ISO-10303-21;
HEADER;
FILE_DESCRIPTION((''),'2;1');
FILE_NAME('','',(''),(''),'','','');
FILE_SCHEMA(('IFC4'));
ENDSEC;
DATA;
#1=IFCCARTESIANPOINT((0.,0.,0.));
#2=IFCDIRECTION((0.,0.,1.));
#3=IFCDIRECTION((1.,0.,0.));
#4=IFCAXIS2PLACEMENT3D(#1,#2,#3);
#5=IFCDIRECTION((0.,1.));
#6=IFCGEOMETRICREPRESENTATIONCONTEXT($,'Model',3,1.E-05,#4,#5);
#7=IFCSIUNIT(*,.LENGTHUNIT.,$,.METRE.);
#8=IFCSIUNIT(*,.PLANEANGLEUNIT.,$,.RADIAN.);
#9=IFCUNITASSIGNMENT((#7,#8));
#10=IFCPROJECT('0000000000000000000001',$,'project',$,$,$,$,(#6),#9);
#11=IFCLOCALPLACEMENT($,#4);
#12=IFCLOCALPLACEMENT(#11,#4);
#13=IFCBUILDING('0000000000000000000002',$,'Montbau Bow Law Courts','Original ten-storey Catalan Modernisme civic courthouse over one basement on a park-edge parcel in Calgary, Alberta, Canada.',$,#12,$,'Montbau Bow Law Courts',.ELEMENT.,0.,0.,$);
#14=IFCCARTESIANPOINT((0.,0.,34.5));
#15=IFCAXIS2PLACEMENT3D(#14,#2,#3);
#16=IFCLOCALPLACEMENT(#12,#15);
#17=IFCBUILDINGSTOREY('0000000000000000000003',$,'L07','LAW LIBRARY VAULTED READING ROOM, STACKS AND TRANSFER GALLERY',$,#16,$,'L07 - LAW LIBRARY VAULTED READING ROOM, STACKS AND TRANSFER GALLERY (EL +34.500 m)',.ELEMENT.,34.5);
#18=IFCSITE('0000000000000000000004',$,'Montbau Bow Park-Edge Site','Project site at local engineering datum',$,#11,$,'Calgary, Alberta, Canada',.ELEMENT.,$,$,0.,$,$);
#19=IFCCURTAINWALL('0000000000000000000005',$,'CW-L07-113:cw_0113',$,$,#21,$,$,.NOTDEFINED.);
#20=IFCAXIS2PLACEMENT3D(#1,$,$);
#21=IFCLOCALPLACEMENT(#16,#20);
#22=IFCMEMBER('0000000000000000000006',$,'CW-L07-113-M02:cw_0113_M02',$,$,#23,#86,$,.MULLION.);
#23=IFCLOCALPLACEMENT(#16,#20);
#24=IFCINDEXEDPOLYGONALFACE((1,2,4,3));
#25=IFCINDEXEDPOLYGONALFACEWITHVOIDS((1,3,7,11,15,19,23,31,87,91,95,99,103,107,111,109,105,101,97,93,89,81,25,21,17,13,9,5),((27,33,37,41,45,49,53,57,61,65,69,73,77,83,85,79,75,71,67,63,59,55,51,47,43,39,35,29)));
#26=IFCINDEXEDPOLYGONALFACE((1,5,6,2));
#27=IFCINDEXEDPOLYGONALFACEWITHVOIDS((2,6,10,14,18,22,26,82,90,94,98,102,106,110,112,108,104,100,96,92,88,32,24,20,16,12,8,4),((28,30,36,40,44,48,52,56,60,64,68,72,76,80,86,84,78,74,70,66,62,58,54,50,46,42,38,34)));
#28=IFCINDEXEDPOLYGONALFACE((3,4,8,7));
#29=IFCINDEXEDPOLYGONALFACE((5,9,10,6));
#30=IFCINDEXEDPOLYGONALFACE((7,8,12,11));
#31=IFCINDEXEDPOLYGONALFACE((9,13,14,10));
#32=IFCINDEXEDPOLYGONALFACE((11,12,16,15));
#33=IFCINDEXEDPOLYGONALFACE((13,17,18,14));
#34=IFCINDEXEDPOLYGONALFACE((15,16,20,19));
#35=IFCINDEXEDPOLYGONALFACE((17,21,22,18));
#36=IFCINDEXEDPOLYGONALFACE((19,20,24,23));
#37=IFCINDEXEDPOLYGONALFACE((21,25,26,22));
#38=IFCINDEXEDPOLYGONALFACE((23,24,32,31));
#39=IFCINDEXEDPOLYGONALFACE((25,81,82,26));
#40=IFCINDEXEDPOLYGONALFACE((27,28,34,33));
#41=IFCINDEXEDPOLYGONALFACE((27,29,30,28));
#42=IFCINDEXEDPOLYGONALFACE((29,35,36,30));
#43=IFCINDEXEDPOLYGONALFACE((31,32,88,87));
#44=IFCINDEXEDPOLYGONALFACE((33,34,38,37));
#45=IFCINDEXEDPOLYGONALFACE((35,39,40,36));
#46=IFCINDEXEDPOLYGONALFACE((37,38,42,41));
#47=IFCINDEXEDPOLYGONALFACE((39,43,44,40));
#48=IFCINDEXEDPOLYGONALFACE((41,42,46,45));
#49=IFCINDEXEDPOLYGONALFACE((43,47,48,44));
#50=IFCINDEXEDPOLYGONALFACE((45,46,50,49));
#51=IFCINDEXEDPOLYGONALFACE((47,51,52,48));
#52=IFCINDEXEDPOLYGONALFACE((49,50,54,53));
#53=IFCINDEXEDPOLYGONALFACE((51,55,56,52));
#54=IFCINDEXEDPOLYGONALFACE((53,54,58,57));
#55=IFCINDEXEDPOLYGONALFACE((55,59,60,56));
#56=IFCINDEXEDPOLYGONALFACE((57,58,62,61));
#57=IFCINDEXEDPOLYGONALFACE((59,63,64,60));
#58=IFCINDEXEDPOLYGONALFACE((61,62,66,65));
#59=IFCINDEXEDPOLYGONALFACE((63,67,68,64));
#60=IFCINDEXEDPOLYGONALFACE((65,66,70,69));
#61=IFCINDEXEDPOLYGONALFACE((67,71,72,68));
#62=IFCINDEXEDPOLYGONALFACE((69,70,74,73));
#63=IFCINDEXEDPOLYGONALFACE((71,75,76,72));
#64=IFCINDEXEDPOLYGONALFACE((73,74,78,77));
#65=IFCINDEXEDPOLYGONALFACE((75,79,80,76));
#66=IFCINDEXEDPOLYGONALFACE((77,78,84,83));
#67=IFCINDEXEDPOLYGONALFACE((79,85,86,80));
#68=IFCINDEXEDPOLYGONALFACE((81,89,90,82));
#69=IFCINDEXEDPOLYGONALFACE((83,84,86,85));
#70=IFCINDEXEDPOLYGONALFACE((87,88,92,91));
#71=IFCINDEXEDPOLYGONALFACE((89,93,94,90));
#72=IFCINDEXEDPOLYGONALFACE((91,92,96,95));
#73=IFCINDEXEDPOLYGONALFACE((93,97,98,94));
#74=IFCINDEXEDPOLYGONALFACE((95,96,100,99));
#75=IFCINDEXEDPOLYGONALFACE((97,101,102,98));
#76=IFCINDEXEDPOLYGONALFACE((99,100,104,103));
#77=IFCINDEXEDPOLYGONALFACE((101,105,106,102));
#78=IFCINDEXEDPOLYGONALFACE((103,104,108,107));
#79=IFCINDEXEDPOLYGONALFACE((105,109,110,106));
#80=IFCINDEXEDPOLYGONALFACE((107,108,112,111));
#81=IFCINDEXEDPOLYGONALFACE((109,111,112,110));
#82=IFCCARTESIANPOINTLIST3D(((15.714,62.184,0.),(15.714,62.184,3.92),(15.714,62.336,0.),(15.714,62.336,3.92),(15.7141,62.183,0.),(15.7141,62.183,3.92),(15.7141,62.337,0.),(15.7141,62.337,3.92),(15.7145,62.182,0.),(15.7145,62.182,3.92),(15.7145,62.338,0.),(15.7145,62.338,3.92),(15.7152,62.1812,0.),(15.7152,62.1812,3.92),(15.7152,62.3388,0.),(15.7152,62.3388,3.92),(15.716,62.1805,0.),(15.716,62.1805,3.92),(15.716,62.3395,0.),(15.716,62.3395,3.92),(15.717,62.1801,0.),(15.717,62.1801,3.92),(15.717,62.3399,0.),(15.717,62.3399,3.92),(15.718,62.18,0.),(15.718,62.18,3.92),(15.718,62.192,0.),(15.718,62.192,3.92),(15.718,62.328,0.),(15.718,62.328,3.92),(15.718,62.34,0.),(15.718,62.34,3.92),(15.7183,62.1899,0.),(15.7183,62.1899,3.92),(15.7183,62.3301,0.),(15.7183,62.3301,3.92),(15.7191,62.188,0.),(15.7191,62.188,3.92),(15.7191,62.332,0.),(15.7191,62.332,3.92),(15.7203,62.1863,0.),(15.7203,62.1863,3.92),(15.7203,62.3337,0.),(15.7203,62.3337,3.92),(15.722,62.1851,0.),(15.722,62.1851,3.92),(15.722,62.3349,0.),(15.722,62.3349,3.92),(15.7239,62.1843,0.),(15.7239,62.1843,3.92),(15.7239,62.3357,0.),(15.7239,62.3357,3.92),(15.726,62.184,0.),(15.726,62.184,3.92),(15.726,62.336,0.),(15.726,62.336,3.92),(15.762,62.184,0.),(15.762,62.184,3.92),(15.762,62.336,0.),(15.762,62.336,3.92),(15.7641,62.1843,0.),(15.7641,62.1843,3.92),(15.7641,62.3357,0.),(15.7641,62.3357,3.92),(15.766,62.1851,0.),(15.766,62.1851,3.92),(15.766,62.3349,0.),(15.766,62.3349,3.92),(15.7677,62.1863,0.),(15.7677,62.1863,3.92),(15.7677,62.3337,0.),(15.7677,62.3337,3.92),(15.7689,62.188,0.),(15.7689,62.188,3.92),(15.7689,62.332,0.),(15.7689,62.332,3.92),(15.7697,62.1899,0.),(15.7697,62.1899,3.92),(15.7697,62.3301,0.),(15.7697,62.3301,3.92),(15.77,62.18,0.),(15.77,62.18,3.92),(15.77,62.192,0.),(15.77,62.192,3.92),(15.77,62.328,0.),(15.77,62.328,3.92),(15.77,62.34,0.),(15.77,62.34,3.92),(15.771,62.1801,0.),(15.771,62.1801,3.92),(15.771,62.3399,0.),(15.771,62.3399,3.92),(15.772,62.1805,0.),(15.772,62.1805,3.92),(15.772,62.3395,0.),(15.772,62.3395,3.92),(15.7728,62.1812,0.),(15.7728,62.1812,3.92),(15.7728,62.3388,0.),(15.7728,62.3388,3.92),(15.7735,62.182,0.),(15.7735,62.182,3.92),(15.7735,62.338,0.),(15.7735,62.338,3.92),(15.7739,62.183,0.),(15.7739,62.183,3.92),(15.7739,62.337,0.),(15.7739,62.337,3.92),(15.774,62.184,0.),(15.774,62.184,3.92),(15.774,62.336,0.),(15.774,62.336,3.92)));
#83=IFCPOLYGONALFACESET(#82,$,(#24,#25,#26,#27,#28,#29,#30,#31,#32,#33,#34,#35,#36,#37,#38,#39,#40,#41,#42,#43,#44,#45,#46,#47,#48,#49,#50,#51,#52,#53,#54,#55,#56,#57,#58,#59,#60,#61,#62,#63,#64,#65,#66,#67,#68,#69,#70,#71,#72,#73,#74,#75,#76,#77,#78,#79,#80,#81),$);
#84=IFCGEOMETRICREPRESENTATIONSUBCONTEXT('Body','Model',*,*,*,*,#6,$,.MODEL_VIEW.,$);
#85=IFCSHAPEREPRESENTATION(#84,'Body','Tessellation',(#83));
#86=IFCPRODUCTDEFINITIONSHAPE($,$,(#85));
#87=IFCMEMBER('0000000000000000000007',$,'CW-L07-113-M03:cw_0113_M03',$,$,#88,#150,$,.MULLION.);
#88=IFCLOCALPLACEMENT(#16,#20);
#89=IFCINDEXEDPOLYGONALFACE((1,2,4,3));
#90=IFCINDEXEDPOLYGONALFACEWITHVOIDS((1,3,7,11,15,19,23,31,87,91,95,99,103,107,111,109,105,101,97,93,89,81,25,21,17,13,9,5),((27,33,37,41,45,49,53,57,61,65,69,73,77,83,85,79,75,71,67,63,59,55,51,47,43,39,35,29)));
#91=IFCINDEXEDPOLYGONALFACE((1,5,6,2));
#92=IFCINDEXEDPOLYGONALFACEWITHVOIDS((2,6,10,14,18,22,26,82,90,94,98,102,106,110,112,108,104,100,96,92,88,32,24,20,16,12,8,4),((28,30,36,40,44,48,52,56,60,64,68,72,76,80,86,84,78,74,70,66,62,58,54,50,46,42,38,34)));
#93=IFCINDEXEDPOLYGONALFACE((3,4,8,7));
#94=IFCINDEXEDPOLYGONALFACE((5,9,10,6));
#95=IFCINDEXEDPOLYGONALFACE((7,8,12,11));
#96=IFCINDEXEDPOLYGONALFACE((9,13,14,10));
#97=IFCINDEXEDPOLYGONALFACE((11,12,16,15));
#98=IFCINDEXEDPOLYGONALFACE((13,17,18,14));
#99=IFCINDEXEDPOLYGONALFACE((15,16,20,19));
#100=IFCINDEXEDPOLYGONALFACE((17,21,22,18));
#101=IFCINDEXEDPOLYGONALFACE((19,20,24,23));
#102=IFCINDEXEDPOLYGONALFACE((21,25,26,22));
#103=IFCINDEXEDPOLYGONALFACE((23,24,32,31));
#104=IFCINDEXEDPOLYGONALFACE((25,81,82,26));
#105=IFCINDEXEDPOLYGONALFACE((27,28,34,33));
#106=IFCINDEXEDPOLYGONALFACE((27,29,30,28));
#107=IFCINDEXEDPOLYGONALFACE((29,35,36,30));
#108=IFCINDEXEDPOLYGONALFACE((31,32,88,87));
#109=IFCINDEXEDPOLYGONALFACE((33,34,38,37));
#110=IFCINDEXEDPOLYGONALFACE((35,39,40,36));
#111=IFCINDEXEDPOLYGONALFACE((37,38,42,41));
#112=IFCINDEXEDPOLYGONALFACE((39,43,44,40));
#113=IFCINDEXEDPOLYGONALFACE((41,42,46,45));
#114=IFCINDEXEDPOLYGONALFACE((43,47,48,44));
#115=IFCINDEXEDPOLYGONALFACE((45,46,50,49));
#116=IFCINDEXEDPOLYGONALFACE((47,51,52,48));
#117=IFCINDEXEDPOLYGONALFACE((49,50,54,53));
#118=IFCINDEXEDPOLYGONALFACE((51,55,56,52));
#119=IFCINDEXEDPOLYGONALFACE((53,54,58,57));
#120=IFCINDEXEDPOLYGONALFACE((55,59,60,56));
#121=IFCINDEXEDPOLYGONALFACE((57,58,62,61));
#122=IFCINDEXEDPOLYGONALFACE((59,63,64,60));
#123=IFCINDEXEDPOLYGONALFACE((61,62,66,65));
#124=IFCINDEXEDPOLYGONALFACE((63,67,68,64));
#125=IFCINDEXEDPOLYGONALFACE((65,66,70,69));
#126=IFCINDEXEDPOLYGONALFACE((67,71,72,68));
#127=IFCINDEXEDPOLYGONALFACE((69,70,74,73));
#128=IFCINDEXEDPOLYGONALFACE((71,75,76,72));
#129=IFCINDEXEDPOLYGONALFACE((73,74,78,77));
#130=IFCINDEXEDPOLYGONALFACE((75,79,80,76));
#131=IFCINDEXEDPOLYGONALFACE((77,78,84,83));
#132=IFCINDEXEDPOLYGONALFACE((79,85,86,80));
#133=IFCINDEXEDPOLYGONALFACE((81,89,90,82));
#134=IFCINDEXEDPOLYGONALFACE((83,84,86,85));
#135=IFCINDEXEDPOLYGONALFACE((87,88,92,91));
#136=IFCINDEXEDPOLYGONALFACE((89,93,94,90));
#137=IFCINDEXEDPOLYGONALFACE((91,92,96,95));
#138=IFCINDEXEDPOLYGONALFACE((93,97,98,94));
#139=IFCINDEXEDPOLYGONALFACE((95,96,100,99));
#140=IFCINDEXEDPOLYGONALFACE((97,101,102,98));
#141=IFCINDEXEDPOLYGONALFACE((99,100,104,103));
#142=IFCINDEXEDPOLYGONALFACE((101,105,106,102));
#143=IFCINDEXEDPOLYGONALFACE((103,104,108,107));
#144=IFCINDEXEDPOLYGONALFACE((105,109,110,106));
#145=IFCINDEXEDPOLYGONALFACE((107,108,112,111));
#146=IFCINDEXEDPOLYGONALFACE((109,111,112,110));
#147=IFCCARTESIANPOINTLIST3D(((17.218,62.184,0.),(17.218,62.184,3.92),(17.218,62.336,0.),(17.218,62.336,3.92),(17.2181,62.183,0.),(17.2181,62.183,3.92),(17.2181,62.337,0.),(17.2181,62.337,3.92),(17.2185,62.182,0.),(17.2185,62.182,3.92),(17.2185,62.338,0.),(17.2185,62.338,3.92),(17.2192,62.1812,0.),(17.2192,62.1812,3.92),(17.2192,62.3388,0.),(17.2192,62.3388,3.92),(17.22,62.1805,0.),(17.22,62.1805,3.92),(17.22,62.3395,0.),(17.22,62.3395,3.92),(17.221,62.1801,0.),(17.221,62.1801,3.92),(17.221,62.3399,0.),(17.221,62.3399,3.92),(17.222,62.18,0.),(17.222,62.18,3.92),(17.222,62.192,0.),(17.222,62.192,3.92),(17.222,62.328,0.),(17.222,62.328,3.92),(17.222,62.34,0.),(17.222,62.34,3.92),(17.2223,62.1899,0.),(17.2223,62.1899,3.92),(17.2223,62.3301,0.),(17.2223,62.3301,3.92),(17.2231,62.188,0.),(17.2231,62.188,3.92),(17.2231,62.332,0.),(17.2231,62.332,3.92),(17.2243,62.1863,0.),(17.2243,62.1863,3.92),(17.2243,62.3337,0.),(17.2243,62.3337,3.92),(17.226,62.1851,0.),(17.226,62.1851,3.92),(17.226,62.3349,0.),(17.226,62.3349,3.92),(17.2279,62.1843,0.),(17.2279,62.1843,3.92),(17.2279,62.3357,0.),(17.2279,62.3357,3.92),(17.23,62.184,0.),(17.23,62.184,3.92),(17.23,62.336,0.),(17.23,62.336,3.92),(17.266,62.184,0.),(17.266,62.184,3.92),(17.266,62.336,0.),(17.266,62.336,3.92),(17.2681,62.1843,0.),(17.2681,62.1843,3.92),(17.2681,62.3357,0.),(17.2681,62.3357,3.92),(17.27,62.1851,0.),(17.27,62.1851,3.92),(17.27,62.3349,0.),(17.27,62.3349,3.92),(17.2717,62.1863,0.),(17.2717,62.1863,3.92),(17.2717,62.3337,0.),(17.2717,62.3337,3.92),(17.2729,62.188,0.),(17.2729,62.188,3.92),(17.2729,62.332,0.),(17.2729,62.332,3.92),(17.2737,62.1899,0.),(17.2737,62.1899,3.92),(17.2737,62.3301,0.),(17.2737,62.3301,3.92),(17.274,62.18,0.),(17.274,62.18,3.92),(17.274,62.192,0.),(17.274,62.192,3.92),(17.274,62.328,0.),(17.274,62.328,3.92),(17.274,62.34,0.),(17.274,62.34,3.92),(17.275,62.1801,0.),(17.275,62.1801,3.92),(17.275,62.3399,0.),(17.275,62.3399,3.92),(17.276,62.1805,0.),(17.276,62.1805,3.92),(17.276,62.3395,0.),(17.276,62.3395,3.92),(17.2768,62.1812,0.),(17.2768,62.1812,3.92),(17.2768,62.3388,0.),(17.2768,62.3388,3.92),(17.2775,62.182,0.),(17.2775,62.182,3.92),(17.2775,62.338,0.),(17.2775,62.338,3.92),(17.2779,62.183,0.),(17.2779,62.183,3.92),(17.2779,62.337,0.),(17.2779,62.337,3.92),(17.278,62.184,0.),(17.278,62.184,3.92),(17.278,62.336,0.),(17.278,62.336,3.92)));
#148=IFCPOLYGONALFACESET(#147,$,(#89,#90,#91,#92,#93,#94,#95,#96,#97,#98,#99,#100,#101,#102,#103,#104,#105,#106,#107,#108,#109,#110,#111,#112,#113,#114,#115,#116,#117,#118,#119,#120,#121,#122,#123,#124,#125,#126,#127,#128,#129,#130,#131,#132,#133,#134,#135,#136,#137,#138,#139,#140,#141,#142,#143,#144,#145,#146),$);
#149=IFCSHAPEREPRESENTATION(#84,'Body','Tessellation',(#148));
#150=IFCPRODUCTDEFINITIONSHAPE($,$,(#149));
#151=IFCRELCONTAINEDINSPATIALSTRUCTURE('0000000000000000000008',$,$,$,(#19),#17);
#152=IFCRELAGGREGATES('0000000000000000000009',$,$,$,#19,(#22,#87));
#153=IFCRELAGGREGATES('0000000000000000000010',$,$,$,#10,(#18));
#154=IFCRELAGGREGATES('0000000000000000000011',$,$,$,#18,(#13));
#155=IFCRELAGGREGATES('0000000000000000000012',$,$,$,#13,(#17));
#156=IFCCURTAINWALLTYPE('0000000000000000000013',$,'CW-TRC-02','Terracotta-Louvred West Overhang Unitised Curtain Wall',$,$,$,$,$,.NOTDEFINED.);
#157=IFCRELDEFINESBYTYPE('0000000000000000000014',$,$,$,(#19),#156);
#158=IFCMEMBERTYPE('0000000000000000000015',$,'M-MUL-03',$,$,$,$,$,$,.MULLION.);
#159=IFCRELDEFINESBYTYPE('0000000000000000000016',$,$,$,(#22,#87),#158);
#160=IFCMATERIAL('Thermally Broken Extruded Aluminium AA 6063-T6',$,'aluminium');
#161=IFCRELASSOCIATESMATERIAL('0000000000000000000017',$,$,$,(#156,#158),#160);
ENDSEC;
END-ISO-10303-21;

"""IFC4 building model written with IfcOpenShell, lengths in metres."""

from ifc_helpers import new_model, si_unit, direction, frame, origin_with_axes, origin_2d_with_axis, place, context, subcontext, project, spatial, hollow_rectangle, extrude, material, material_profile, profile_set, type_object, element, aggregate, save


model = new_model("IFC4")

# Units and contexts
model_context = context("Model", 3, precision=1e-05, world=origin_with_axes(), true_north=direction((0.0, 1.0)))
body_context = subcontext(model_context, "Body", "Model", "MODEL_VIEW")
ifc_project = project(units=[si_unit("LENGTHUNIT", "METRE"), si_unit("PLANEANGLEUNIT", "RADIAN")], contexts=[model_context])

# Site, building, storey
site_placement = place(None, origin_with_axes())
site = spatial("IfcSite", under=ifc_project, at=site_placement, Name="Montbau Bow Park-Edge Site", Description="Project site at local engineering datum", LongName="Calgary, Alberta, Canada", CompositionType="ELEMENT", RefElevation=0.0)
building_placement = place(site_placement, origin_with_axes())
building = spatial("IfcBuilding", under=site, at=building_placement, Name="Montbau Bow Law Courts", Description="Original ten-storey Catalan Modernisme civic courthouse over one basement on a park-edge parcel in Calgary, Alberta, Canada.", LongName="Montbau Bow Law Courts", CompositionType="ELEMENT", ElevationOfRefHeight=0.0, ElevationOfTerrain=0.0)
storey_placement = place(building_placement, frame((0.0, 0.0, 34.5), z_axis=(0.0, 0.0, 1.0), x_axis=(1.0, 0.0, 0.0)))
storey = spatial("IfcBuildingStorey", under=building, at=storey_placement, Name="L07", Description="LAW LIBRARY VAULTED READING ROOM, STACKS AND TRANSFER GALLERY", LongName="L07 - LAW LIBRARY VAULTED READING ROOM, STACKS AND TRANSFER GALLERY (EL +34.500 m)", CompositionType="ELEMENT", Elevation=34.5)

# Shared definitions
ifc_material_1 = material(Name="Thermally Broken Extruded Aluminium AA 6063-T6", Category="aluminium")
curtain_wall_type = type_object("IfcCurtainWallType", Name="CW-TRC-02", Description="Terracotta-Louvred West Overhang Unitised Curtain Wall", PredefinedType="NOTDEFINED", material=ifc_material_1)

# Curtain wall, members
curtain_wall_1_placement = place(None, frame((14.24, 62.26, 34.5), z_axis=(0.0, 0.0, 1.0), x_axis=(1.0, 0.0, 0.0)))
curtain_wall_1 = element("IfcCurtainWall", 1, at=curtain_wall_1_placement, inside=storey, type_object=curtain_wall_type, Name="CW-L07-113:cw_0113", PredefinedType="NOTDEFINED")
ifc_material_profile_1 = material_profile(ifc_material_1, hollow_rectangle(XDim=0.06, YDim=0.16, WallThickness=0.004, InnerFilletRadius=0.008, OuterFilletRadius=0.004, at=origin_2d_with_axis()), Name="CWM-160X60", Category="Main", Priority=0)
ifc_profile_set_1 = profile_set([ifc_material_profile_1], Name="Thermally Broken Extruded Aluminium AA 6063-T6")
member_type_1 = type_object("IfcMemberType", Name="M-MUL-03", PredefinedType="MULLION", material=ifc_profile_set_1)
member_1_placement = place(None, frame((15.744, 62.26, 34.5), z_axis=(0.0, 0.0, 1.0), x_axis=(1.0, 0.0, 0.0)))
member_1 = element("IfcMember", 2, at=member_1_placement, type_object=member_type_1, Name="CW-L07-113-M02:cw_0113_M02", PredefinedType="MULLION", context=body_context, shape_type="SweptSolid", body=[
    extrude(hollow_rectangle(XDim=0.06, YDim=0.16, WallThickness=0.004, InnerFilletRadius=0.008, OuterFilletRadius=0.004, at=origin_2d_with_axis()), origin_with_axes(), (0.0, 0.0, 1.0), 3.92),
])
member_2_placement = place(None, frame((17.248, 62.26, 34.5), z_axis=(0.0, 0.0, 1.0), x_axis=(1.0, 0.0, 0.0)))
member_2 = element("IfcMember", 3, at=member_2_placement, type_object=member_type_1, Name="CW-L07-113-M03:cw_0113_M03", PredefinedType="MULLION", context=body_context, shape_type="SweptSolid", body=[
    extrude(hollow_rectangle(XDim=0.06, YDim=0.16, WallThickness=0.004, InnerFilletRadius=0.008, OuterFilletRadius=0.004, at=origin_2d_with_axis()), origin_with_axes(), (0.0, 0.0, 1.0), 3.92),
])

aggregate(curtain_wall_1, [member_1, member_2])

save(model, "model.ifc")
